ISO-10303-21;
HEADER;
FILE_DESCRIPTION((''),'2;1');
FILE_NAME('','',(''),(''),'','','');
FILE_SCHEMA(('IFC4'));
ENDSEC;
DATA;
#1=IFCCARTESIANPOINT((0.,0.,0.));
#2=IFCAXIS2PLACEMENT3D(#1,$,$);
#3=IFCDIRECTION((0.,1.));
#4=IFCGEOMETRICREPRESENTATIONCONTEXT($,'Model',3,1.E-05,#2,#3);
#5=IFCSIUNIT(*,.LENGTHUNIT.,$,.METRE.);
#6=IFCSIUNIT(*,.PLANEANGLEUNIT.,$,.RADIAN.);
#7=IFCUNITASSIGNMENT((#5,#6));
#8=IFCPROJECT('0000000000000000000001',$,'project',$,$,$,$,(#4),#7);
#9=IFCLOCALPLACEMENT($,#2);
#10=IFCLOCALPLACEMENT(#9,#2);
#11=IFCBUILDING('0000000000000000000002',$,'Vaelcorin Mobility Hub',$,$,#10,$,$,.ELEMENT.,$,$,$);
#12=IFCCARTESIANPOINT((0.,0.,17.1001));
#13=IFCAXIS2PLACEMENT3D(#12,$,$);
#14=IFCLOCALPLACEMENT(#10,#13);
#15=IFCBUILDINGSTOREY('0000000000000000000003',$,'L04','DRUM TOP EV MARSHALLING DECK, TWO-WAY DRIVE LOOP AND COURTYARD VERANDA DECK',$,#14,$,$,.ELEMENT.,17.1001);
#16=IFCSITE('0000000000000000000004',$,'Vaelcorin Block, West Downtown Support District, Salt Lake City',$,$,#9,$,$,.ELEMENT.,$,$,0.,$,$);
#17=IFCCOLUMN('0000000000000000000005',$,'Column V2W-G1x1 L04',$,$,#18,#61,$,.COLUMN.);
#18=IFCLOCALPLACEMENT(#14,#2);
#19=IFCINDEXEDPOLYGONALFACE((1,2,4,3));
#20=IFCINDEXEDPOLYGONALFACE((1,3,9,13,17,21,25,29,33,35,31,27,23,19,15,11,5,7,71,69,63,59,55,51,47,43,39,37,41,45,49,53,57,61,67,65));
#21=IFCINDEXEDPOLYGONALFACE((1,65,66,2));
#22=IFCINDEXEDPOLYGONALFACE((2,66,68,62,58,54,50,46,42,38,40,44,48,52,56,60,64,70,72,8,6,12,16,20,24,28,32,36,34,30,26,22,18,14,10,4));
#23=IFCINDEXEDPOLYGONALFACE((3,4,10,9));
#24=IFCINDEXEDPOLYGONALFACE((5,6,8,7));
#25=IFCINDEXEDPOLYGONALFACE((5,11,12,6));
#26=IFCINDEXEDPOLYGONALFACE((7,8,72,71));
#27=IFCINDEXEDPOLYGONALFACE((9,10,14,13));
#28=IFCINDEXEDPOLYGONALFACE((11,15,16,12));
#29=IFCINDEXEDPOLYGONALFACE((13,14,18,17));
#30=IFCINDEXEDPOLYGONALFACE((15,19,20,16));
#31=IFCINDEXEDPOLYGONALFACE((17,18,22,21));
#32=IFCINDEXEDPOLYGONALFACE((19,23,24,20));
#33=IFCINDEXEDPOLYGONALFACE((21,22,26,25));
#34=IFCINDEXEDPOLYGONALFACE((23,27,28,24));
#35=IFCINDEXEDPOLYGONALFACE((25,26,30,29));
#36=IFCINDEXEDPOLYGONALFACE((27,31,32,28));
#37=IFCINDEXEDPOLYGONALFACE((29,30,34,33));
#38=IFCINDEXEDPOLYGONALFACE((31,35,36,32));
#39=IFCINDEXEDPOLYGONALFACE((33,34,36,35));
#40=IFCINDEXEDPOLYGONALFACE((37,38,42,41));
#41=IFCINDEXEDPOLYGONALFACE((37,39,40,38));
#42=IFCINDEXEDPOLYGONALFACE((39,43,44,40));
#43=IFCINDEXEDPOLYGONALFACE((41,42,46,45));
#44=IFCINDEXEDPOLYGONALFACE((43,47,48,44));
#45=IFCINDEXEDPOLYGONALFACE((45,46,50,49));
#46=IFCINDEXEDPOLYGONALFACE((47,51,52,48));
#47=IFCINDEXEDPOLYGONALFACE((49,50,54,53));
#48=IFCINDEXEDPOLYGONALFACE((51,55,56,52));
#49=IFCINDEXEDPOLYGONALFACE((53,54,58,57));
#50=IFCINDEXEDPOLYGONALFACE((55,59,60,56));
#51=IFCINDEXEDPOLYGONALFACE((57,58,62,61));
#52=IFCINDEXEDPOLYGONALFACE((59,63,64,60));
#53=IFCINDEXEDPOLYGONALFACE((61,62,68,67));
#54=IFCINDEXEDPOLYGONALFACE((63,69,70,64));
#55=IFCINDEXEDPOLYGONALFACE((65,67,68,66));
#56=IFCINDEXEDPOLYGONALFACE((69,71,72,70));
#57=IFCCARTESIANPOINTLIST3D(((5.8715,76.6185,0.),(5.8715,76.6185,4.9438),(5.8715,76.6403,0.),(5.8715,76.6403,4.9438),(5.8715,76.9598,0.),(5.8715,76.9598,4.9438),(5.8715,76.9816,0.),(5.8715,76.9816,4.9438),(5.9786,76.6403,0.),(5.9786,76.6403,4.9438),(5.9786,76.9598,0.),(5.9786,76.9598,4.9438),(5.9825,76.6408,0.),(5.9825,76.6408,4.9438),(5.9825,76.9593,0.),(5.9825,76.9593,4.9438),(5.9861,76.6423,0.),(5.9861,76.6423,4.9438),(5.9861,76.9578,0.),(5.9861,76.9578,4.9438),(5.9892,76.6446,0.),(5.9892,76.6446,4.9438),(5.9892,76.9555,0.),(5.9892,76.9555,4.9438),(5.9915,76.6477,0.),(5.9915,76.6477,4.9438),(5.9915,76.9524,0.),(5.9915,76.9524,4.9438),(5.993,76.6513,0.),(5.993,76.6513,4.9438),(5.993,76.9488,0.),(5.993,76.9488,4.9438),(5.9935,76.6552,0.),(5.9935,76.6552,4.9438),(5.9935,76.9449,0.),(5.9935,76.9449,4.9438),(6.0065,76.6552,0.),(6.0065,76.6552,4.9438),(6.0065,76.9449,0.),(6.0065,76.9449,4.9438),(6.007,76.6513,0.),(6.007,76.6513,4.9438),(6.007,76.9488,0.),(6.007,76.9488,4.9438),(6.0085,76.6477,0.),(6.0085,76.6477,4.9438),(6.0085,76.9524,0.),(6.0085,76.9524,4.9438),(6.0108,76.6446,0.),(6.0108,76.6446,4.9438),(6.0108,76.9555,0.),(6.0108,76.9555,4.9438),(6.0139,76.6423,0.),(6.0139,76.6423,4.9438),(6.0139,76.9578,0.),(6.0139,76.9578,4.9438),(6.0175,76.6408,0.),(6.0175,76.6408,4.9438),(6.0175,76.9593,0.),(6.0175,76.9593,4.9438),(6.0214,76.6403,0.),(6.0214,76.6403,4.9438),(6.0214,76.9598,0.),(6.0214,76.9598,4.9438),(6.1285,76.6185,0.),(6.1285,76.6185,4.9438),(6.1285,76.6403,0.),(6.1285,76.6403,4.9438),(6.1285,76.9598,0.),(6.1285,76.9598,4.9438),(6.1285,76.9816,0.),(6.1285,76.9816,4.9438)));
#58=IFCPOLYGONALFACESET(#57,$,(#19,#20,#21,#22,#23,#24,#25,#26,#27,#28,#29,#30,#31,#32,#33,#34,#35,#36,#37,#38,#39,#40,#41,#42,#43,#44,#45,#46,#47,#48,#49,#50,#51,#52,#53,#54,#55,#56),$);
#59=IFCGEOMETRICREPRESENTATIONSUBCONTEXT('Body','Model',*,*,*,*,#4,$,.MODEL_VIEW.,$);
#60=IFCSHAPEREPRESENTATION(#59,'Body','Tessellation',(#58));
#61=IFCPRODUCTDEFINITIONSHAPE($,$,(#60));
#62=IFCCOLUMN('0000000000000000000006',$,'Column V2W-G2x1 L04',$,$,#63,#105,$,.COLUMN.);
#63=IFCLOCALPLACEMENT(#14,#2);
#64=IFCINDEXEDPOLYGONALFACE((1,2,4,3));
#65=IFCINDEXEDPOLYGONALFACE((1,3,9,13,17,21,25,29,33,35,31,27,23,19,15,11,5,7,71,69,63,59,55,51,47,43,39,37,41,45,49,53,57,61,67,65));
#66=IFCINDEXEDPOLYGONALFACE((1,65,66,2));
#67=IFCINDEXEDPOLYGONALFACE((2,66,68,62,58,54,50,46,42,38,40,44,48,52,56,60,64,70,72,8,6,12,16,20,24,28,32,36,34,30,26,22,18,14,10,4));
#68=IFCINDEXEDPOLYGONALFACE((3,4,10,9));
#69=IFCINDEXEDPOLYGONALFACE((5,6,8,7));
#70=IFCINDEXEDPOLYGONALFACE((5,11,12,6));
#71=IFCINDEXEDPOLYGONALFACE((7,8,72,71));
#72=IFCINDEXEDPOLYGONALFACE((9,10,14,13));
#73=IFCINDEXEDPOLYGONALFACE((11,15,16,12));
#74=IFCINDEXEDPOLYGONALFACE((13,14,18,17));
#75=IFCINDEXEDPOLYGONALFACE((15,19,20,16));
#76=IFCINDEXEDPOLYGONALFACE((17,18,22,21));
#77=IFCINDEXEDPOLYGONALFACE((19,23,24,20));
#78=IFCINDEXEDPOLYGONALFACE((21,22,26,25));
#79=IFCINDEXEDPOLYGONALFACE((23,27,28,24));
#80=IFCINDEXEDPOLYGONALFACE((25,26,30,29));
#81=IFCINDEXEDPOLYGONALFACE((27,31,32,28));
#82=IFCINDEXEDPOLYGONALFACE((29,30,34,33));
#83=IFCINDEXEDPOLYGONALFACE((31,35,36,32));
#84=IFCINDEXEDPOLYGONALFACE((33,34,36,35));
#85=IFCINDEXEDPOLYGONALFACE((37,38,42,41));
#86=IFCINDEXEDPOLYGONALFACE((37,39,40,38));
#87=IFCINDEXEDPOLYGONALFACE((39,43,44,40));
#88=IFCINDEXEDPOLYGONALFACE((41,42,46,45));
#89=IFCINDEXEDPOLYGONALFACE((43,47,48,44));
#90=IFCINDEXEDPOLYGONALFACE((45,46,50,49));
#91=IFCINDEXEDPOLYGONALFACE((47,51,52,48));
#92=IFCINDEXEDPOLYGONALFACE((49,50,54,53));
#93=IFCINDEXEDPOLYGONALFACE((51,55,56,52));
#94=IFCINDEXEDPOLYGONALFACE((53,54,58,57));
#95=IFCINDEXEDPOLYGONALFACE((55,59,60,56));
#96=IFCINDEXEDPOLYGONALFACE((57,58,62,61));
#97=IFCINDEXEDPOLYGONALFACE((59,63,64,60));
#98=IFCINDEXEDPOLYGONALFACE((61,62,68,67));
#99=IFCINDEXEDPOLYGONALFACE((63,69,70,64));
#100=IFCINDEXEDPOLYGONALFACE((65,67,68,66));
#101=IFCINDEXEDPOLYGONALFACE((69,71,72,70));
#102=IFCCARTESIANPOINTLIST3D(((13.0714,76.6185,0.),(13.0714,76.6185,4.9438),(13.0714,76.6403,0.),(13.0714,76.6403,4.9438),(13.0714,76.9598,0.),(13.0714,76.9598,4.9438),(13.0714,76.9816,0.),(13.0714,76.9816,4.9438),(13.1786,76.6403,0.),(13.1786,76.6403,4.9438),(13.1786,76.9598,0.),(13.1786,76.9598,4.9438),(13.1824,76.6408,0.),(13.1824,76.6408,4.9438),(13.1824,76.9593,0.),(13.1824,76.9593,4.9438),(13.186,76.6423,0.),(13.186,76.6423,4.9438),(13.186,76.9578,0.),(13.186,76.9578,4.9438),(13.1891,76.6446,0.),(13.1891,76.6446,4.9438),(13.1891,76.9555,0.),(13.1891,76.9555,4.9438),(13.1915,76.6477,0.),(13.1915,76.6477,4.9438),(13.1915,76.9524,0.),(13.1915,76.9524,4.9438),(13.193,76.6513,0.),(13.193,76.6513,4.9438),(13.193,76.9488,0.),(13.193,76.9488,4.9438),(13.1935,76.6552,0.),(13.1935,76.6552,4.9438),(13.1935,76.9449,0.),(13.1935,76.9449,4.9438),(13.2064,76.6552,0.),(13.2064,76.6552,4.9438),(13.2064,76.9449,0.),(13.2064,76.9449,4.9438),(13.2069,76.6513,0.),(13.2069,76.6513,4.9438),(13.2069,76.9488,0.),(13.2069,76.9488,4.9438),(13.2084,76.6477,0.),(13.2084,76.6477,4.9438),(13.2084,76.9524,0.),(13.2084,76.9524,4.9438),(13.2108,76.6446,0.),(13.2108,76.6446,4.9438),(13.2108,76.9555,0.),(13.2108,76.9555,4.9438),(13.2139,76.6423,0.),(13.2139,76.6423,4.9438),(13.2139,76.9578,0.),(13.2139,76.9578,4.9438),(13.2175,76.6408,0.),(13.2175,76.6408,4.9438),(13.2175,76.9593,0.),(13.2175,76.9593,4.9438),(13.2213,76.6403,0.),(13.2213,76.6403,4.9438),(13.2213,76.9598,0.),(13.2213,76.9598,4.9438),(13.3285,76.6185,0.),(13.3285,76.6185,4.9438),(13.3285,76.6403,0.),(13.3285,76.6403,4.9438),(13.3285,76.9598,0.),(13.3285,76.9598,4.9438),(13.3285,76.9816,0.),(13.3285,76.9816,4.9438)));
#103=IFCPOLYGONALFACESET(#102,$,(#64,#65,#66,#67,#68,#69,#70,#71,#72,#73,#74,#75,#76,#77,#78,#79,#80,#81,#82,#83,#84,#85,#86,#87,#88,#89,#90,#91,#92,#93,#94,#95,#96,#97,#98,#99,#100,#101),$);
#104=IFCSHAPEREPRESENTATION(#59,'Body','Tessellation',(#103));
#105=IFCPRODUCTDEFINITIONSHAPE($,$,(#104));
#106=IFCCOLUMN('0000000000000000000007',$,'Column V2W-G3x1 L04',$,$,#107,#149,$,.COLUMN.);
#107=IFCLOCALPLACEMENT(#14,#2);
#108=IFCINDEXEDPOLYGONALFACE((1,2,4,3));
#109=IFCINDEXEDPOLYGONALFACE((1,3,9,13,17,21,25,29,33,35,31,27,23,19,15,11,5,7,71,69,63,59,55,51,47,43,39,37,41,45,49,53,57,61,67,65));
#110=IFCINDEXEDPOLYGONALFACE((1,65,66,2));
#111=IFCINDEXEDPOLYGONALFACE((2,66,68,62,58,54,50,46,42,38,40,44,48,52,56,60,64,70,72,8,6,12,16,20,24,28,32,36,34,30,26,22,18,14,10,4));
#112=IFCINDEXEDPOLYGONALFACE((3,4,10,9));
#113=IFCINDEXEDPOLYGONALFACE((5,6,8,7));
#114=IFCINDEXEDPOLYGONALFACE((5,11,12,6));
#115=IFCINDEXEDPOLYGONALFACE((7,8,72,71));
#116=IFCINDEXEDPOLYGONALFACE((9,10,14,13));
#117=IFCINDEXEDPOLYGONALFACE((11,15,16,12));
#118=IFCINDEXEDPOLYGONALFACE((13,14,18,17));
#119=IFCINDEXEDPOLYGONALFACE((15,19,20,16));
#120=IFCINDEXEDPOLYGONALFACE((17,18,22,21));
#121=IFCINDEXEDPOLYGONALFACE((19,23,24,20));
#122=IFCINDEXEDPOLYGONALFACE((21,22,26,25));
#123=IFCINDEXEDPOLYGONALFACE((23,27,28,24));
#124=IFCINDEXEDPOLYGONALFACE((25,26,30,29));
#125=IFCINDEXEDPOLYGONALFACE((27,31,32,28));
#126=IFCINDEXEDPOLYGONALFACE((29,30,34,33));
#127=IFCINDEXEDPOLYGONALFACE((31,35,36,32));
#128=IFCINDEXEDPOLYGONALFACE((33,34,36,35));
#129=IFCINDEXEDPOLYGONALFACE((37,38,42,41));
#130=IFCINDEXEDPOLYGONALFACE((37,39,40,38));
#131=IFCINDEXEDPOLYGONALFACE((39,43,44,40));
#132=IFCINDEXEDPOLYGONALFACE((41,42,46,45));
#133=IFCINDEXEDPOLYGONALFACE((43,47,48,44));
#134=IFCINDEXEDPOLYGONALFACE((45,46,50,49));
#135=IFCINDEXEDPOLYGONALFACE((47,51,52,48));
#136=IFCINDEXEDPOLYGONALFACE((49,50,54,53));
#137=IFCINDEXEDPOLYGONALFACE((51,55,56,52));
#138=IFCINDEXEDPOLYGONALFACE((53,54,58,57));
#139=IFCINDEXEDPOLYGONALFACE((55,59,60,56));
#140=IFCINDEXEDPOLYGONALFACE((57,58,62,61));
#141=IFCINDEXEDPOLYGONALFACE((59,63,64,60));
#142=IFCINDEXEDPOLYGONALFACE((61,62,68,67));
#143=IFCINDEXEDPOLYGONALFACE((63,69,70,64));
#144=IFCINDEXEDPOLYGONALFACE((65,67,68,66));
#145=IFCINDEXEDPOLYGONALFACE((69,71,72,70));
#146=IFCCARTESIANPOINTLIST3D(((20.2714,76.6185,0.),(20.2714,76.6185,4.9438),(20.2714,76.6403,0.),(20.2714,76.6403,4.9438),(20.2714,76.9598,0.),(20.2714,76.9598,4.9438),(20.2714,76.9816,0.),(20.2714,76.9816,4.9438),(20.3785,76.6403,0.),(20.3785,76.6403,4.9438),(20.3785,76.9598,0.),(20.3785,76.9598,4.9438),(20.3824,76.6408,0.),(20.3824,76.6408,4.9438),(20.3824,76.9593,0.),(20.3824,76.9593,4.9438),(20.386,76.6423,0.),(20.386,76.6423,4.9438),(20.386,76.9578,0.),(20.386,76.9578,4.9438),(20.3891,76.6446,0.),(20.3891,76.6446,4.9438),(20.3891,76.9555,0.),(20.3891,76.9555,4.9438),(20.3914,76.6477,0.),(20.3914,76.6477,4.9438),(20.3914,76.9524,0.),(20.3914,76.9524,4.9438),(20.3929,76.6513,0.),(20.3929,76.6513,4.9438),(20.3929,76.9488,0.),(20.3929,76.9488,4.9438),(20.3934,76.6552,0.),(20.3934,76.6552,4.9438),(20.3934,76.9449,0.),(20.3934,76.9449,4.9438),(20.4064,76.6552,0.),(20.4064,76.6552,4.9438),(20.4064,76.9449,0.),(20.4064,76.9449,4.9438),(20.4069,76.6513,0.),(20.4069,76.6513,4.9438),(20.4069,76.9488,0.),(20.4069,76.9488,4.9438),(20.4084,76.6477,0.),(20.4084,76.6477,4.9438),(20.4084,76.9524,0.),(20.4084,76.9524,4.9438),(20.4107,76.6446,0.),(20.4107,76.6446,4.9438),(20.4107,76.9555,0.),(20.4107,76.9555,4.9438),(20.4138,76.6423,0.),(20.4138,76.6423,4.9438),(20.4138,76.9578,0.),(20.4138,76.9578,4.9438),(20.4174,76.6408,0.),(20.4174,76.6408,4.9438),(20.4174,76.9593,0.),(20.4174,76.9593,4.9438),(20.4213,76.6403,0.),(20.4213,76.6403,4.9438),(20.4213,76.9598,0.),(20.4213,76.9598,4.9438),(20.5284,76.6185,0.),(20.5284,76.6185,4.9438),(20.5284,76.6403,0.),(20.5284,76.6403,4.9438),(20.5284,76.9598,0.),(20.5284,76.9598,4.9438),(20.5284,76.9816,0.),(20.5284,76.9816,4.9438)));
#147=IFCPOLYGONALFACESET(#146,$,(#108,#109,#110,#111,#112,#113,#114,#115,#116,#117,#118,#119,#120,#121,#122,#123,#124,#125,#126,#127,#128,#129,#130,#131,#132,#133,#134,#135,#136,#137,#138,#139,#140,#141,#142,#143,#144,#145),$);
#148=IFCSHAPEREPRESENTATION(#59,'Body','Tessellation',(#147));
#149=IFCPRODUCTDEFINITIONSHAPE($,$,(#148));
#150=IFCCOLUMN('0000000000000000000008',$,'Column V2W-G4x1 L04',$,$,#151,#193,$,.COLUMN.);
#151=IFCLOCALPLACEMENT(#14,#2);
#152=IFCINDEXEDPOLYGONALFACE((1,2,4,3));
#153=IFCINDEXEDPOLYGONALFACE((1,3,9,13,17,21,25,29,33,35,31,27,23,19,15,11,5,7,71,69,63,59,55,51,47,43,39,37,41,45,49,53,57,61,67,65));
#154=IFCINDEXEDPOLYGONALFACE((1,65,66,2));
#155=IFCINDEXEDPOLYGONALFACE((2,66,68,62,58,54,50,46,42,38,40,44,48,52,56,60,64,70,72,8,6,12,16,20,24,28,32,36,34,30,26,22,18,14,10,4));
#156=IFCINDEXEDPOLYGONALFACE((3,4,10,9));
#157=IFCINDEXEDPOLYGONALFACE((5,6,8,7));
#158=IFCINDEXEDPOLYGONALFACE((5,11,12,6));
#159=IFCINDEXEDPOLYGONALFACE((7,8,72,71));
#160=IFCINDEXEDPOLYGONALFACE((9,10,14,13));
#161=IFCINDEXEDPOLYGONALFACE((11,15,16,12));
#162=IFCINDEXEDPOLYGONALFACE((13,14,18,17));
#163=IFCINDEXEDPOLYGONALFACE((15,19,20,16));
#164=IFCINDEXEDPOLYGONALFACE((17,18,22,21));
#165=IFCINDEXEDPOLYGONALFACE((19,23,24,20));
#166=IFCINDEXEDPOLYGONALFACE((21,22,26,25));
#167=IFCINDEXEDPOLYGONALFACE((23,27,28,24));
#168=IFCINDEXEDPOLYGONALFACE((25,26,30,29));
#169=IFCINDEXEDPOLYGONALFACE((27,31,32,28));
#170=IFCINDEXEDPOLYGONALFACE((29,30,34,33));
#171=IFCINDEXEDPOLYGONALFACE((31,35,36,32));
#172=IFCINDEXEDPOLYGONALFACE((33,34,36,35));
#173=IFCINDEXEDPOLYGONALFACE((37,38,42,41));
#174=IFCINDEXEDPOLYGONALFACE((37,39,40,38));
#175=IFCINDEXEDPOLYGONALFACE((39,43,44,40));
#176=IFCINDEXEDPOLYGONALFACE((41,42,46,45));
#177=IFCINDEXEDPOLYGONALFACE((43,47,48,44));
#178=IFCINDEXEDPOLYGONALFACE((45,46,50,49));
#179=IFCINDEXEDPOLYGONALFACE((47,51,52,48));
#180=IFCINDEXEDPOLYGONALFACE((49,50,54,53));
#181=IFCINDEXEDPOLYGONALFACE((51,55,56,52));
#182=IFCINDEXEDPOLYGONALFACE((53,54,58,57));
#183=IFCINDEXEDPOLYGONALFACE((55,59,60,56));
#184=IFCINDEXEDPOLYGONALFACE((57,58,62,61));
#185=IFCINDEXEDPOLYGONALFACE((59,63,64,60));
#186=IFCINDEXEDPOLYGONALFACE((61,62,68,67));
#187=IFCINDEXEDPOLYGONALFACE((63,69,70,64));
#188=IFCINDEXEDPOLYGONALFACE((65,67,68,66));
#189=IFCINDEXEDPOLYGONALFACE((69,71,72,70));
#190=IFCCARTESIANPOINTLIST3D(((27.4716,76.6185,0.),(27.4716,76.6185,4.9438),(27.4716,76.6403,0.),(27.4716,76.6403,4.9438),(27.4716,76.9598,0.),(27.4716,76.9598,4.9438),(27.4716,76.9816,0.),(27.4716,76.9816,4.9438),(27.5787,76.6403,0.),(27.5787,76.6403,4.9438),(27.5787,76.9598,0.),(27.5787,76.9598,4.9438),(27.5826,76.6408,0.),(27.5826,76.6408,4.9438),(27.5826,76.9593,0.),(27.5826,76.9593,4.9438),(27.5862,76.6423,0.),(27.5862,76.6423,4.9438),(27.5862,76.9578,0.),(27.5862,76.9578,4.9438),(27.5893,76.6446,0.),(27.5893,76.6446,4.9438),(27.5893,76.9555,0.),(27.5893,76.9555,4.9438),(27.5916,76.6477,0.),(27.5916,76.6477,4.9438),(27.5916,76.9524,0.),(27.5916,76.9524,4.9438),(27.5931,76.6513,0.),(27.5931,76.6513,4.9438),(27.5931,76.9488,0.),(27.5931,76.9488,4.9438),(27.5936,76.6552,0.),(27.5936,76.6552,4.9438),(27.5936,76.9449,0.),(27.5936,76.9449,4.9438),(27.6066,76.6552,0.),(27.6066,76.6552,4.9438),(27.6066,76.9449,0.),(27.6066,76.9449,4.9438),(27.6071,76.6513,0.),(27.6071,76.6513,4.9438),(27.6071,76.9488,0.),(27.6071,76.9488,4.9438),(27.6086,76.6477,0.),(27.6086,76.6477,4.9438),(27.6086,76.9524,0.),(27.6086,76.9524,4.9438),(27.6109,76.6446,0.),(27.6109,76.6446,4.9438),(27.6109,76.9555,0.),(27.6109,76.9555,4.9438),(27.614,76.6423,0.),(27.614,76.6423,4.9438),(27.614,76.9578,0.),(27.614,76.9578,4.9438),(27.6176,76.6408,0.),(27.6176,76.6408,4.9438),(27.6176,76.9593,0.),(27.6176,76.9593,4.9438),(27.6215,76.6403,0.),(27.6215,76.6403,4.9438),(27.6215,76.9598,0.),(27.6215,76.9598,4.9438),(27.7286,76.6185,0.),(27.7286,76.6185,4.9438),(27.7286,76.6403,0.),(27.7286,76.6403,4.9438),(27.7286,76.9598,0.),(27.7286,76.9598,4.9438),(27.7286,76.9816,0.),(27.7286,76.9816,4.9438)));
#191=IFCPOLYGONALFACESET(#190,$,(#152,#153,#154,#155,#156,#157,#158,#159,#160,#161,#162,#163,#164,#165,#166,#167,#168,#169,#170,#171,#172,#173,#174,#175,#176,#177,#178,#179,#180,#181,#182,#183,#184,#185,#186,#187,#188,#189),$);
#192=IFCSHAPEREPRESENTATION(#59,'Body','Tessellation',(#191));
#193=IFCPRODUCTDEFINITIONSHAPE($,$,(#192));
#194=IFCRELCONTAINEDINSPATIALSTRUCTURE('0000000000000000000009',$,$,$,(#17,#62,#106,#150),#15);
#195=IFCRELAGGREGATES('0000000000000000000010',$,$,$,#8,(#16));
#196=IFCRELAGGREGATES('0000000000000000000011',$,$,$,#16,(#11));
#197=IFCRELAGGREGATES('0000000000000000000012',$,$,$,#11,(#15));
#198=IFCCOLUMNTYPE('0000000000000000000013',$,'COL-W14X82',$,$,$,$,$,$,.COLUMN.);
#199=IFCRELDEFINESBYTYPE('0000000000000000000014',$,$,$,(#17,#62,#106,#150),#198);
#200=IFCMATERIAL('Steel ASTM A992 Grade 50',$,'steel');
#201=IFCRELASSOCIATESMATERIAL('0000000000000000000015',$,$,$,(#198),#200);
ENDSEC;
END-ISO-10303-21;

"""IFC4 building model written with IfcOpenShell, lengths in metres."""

from ifc_helpers import new_model, si_unit, direction, frame, origin, origin_2d, place, context, subcontext, project, spatial, i_section, extrude, material, material_profile, profile_set, type_object, element, save


model = new_model("IFC4")

# Units and contexts
model_context = context("Model", 3, precision=1e-05, world=origin(), true_north=direction((0.0, 1.0)))
body_context = subcontext(model_context, "Body", "Model", "MODEL_VIEW")
ifc_project = project(units=[si_unit("LENGTHUNIT", "METRE"), si_unit("PLANEANGLEUNIT", "RADIAN")], contexts=[model_context])

# Site, building, storey
site_placement = place(None, origin())
site = spatial("IfcSite", under=ifc_project, at=site_placement, Name="Vaelcorin Block, West Downtown Support District, Salt Lake City", CompositionType="ELEMENT", RefElevation=0.0)
building_placement = place(site_placement, origin())
building = spatial("IfcBuilding", under=site, at=building_placement, Name="Vaelcorin Mobility Hub", CompositionType="ELEMENT")
storey_placement = place(building_placement, frame((0.0, 0.0, 17.1001)))
storey = spatial("IfcBuildingStorey", under=building, at=storey_placement, Name="L04", Description="DRUM TOP EV MARSHALLING DECK, TWO-WAY DRIVE LOOP AND COURTYARD VERANDA DECK", CompositionType="ELEMENT", Elevation=17.1001)

# Columns
ifc_material_1 = material(Name="Steel ASTM A992 Grade 50", Category="steel")
ifc_material_profile_1 = material_profile(ifc_material_1, i_section(OverallWidth=0.2571, OverallDepth=0.363, WebThickness=0.0129, FlangeThickness=0.0217, FilletRadius=0.0149, at=origin_2d()), Name="W14X82")
ifc_profile_set_1 = profile_set([ifc_material_profile_1], Name="Steel ASTM A992 Grade 50")
column_type = type_object("IfcColumnType", Name="COL-W14X82", PredefinedType="COLUMN", material=ifc_profile_set_1)
for number, where, z_axis, x_axis, name in (
    (1, (6.0, 76.8, 0.0), (0.0, 0.0, 1.0), (1.0, 0.0, 0.0), "Column V2W-G1x1 L04"),
    (2, (13.2, 76.8, 0.0), (0.0, 0.0, 1.0), (1.0, 0.0, 0.0), "Column V2W-G2x1 L04"),
    (3, (20.3999, 76.8, 0.0), (0.0, 0.0, 1.0), (1.0, 0.0, 0.0), "Column V2W-G3x1 L04"),
    (4, (27.6001, 76.8, 0.0), (0.0, 0.0, 1.0), (1.0, 0.0, 0.0), "Column V2W-G4x1 L04"),
):
    element("IfcColumn", number, at=place(storey_placement, frame(where, z_axis=z_axis, x_axis=x_axis)), inside=storey, type_object=column_type, Name=name, PredefinedType="COLUMN", context=body_context, shape_type="SweptSolid", body=[
        extrude(i_section(OverallWidth=0.2571, OverallDepth=0.363, WebThickness=0.0129, FlangeThickness=0.0217, FilletRadius=0.0149, at=origin_2d()), origin(), (0.0, 0.0, 1.0), 4.9438),
    ])

save(model, "model.ifc")
